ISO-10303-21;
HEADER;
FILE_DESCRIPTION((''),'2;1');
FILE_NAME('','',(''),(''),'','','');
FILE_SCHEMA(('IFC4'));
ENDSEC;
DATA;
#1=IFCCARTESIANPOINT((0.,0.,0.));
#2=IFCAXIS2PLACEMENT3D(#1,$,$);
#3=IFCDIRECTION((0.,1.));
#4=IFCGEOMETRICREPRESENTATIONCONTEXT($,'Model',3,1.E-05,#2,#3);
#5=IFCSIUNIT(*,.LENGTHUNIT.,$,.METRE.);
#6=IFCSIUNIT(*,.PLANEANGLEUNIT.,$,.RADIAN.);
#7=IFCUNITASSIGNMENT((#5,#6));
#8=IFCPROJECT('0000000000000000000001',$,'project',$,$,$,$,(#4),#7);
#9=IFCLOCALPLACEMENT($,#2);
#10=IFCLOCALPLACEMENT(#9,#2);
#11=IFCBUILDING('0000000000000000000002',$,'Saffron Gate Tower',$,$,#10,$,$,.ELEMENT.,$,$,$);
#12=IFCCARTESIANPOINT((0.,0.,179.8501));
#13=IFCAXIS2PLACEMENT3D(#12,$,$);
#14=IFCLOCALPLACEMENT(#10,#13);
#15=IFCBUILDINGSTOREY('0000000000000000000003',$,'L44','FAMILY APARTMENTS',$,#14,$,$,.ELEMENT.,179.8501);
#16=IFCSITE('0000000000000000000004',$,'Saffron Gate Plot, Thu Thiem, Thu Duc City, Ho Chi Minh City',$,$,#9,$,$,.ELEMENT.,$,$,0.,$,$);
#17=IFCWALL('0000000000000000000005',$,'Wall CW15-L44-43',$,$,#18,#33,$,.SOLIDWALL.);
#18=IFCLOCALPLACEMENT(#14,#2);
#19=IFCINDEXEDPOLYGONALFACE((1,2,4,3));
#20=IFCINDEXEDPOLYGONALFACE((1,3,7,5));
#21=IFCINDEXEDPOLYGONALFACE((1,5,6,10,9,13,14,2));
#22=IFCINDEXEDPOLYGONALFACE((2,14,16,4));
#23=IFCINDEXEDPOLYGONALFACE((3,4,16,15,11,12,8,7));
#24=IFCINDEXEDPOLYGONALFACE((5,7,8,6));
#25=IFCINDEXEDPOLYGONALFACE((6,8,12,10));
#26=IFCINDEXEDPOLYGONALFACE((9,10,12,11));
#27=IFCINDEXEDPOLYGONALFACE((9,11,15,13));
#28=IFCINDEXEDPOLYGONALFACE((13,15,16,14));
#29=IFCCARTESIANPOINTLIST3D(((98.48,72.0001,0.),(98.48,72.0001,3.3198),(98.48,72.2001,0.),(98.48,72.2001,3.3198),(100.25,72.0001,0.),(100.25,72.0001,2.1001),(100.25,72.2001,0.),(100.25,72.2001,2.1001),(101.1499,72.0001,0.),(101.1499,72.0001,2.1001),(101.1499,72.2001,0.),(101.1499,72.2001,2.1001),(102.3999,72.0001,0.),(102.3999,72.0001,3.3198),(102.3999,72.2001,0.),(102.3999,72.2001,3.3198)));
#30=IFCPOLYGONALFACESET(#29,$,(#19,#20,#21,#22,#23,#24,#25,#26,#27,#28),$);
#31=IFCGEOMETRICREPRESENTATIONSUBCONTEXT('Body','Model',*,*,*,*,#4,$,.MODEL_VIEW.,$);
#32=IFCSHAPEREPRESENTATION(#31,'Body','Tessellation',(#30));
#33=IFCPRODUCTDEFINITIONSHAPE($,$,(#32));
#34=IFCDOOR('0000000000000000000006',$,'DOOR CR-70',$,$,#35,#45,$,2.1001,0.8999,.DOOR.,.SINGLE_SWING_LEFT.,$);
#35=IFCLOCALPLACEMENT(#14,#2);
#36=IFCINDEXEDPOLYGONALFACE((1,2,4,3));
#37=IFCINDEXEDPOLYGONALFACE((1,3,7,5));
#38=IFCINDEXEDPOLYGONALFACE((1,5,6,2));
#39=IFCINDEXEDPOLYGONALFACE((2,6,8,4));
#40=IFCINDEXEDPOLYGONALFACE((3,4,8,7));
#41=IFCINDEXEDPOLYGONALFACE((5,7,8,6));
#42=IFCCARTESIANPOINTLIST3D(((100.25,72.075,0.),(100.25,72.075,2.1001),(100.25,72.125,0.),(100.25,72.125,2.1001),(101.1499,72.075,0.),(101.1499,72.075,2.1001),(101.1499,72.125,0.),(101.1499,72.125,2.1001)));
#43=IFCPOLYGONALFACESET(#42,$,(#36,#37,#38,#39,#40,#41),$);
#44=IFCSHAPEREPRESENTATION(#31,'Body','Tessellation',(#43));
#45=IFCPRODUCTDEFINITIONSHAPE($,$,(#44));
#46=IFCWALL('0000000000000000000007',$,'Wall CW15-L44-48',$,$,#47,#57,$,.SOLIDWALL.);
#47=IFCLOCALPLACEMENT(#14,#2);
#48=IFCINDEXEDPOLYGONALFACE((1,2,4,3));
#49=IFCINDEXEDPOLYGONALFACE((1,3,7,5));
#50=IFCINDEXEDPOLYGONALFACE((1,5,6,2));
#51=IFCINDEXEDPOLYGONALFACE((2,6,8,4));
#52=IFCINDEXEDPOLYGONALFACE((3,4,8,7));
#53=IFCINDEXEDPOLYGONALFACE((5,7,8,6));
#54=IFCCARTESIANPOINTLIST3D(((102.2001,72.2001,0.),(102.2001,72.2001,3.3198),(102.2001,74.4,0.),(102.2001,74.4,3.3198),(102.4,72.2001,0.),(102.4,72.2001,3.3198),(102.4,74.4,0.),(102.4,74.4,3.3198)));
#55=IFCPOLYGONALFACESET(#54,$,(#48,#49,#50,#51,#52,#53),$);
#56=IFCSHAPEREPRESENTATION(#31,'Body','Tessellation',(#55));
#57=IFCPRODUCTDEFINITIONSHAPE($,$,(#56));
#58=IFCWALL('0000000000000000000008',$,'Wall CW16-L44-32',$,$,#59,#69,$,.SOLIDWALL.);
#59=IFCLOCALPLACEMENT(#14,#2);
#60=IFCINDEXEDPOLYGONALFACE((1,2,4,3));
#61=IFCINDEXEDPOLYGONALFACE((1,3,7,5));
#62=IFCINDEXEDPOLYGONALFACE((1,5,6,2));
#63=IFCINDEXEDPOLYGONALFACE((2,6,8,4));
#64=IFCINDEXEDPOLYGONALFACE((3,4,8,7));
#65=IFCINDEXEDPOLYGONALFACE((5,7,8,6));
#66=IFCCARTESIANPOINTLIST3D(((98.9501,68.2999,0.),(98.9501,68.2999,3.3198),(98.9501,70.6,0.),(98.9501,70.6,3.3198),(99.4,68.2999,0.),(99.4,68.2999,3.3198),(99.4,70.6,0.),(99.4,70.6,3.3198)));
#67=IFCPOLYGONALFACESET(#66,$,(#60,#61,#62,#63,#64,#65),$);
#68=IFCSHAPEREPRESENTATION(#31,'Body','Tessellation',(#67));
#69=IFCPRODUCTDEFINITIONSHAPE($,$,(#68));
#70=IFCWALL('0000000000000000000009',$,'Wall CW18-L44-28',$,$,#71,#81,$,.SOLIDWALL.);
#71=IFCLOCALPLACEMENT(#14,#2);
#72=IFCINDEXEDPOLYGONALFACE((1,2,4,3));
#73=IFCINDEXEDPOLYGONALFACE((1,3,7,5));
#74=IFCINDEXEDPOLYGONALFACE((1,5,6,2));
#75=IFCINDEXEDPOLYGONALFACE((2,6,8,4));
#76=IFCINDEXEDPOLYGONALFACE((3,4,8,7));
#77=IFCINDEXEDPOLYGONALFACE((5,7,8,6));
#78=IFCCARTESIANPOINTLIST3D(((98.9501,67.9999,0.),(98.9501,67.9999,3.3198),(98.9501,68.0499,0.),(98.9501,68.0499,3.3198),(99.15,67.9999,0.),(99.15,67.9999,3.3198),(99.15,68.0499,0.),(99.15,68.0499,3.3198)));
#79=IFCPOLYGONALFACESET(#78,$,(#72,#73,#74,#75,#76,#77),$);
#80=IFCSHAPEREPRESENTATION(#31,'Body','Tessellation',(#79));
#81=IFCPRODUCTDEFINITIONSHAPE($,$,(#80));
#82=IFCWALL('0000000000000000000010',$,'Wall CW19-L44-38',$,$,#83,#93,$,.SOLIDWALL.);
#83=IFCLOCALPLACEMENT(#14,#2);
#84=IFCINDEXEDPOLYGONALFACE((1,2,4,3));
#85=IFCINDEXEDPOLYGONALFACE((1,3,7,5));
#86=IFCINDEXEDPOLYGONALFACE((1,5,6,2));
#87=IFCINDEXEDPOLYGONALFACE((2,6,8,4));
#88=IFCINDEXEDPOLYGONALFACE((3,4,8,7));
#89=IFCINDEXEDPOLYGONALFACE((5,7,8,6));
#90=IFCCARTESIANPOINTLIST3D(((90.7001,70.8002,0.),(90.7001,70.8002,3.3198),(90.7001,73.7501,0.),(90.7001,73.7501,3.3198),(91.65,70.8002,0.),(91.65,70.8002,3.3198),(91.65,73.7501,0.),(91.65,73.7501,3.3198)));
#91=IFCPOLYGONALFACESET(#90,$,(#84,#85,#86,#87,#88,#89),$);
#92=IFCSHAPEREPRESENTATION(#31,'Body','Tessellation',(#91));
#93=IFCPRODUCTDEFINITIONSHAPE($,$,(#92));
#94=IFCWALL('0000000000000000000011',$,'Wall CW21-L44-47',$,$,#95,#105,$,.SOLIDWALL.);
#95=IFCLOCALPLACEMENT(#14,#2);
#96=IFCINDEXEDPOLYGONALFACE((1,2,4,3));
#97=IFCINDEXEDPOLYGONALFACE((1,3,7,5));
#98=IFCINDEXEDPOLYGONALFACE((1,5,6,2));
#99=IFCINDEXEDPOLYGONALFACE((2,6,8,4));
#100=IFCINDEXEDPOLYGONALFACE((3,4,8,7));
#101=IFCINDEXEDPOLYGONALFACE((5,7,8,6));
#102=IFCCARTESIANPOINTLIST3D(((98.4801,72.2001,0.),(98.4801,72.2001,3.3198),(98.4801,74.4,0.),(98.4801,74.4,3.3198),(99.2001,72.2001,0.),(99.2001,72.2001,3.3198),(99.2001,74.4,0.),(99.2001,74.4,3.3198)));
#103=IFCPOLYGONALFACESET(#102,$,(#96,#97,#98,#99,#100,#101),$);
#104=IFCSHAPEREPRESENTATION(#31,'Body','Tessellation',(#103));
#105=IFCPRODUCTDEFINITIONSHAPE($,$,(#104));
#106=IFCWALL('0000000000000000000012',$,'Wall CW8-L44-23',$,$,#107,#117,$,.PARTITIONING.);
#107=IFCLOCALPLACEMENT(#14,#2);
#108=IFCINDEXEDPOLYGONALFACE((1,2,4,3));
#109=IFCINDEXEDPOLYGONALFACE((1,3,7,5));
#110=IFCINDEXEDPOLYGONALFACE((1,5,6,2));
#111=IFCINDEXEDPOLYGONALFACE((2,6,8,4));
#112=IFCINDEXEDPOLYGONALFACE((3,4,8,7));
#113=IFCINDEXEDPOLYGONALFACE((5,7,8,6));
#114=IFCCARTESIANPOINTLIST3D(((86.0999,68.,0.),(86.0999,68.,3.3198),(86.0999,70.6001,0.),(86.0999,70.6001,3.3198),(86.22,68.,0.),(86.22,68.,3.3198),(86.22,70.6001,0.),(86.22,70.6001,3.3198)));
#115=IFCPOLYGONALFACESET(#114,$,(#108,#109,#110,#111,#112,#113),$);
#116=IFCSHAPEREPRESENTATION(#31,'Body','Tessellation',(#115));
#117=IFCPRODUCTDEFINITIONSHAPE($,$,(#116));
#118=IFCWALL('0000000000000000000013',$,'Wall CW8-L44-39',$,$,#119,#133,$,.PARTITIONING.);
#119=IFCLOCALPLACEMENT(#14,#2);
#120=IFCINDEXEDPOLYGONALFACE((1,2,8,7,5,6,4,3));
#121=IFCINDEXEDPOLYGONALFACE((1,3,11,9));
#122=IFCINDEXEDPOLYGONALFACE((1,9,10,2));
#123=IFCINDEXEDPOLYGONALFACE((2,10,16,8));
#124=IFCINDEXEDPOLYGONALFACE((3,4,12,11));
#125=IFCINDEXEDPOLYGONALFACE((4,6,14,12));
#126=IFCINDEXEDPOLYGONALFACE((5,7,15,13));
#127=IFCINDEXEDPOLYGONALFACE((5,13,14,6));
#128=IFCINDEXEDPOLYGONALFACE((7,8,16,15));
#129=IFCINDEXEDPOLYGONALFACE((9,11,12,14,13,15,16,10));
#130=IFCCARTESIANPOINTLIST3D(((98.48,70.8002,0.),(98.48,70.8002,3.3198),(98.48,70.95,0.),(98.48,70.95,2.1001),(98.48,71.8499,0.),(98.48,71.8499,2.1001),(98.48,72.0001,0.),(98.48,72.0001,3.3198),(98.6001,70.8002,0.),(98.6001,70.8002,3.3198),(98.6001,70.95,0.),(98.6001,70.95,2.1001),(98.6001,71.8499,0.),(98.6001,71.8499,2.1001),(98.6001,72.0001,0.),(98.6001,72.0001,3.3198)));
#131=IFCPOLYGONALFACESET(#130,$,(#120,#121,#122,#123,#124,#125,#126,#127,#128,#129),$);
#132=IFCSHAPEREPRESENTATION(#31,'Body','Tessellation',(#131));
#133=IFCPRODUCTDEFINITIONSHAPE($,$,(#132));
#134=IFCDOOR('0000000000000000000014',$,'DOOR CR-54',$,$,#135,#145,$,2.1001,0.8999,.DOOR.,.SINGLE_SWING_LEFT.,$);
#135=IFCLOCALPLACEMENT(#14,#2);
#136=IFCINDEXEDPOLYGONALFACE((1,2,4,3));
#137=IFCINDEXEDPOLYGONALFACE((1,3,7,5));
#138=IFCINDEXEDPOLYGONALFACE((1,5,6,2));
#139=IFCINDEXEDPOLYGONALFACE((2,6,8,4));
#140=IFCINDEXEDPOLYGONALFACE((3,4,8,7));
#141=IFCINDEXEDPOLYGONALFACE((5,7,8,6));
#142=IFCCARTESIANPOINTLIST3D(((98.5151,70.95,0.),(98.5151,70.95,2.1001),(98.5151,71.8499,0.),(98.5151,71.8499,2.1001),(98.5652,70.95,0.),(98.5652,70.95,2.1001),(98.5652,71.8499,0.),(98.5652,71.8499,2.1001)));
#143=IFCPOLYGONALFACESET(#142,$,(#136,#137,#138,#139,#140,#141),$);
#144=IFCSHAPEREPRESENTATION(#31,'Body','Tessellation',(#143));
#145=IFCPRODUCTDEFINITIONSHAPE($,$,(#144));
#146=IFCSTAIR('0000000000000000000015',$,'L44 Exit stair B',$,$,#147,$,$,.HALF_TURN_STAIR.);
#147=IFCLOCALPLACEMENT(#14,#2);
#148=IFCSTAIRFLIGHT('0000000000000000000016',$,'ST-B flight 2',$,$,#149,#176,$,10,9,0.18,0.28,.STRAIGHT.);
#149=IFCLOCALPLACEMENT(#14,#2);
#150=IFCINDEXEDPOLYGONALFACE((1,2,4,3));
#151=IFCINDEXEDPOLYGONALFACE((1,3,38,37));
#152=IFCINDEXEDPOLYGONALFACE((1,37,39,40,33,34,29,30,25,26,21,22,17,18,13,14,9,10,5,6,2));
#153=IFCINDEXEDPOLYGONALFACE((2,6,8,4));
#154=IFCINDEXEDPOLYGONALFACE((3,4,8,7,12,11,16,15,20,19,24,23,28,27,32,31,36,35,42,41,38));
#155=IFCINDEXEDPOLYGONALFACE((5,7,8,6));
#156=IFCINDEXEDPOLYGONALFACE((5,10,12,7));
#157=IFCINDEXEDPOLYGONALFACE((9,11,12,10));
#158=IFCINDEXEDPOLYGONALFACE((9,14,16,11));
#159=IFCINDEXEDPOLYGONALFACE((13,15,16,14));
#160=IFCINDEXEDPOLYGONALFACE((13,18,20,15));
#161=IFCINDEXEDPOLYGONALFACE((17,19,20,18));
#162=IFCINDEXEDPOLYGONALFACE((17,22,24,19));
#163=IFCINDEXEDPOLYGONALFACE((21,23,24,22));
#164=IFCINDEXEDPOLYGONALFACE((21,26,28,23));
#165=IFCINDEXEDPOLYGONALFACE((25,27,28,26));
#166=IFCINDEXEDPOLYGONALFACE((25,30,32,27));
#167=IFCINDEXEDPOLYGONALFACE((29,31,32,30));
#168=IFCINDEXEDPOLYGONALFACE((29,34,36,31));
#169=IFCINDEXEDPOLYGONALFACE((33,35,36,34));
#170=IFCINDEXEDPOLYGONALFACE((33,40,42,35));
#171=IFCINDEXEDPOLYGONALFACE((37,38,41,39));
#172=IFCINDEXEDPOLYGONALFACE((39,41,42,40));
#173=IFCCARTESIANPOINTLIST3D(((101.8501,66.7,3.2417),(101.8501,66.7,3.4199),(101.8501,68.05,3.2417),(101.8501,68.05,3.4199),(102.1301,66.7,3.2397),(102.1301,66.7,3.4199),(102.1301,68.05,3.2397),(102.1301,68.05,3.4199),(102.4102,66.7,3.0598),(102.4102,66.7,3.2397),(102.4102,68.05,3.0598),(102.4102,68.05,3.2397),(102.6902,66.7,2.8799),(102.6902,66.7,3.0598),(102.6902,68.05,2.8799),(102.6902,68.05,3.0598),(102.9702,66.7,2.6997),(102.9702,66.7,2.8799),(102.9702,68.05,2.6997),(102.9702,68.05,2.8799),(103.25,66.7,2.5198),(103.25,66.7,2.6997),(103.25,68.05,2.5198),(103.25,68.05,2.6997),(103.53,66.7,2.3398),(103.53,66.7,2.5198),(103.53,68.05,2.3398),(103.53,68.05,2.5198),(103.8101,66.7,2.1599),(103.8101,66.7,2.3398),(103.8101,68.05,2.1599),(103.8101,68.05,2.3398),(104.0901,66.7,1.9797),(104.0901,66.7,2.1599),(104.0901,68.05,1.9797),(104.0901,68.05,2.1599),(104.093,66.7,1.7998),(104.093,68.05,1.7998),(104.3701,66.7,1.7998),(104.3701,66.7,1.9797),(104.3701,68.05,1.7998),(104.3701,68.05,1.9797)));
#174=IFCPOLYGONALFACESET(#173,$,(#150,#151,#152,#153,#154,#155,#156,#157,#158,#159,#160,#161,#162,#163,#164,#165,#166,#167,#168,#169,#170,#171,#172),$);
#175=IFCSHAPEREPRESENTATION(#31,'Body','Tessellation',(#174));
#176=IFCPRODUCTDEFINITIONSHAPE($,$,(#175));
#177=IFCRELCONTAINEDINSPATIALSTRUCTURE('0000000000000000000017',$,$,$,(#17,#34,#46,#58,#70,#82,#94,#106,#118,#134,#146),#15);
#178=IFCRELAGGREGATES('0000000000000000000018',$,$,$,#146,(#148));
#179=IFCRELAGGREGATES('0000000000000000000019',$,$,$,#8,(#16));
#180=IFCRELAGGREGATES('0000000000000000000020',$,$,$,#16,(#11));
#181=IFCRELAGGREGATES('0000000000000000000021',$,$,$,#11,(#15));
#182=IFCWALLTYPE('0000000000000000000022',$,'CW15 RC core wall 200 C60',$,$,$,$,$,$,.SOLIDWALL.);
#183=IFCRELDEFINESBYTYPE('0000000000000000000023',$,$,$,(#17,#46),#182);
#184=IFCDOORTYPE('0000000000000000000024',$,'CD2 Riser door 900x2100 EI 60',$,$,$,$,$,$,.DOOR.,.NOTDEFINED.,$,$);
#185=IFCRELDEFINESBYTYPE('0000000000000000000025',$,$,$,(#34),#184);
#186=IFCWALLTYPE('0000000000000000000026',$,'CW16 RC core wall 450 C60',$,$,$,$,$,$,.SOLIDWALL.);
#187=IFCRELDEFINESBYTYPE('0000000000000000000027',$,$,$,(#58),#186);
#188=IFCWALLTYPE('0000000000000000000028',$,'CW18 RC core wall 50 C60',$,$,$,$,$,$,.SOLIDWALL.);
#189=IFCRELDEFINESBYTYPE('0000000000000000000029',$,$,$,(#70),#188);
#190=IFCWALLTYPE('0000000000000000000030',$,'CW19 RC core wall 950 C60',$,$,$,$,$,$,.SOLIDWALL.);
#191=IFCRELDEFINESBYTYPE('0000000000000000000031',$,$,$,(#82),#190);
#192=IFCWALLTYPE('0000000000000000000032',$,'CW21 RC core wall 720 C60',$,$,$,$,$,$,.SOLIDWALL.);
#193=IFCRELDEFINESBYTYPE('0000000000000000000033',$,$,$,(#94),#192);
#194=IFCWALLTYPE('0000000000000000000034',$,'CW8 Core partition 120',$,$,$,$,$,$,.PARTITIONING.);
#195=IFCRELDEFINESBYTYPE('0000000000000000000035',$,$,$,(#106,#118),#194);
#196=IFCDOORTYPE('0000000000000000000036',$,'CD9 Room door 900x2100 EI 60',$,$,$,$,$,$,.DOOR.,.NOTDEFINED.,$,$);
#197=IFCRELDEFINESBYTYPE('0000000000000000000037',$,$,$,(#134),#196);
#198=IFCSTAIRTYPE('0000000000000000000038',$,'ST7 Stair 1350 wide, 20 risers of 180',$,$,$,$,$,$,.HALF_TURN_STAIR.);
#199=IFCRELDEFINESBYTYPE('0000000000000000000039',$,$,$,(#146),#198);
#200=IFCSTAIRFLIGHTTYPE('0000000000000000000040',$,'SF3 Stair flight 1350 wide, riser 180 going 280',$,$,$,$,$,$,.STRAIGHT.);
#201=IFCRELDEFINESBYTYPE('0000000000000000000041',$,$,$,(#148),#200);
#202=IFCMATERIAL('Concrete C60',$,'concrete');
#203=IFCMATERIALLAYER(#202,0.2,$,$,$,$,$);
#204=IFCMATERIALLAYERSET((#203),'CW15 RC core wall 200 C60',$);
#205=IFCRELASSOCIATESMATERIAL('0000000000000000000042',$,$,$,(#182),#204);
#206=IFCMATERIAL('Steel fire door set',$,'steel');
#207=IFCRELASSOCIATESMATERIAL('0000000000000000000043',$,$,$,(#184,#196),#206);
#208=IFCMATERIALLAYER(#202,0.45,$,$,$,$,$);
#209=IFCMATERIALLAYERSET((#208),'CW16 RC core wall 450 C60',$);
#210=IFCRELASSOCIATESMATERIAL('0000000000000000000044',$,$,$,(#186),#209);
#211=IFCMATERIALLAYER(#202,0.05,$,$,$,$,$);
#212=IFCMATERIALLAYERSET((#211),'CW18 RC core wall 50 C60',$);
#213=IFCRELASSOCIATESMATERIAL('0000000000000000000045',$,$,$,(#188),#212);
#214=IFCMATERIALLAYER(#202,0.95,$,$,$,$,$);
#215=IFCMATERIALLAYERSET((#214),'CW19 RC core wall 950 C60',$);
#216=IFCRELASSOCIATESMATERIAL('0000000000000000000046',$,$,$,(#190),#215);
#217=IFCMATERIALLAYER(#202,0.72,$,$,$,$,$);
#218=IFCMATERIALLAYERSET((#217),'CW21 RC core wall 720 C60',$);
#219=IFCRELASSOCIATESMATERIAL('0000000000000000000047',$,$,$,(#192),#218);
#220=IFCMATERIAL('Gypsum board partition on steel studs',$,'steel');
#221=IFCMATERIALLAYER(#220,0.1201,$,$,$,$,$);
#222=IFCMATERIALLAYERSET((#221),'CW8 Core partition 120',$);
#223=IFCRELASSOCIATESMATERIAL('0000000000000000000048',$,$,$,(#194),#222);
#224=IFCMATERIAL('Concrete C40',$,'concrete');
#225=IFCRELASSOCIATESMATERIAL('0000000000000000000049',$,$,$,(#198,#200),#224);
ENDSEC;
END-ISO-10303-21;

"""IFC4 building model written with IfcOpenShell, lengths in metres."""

from ifc_helpers import new_model, si_unit, direction, frame, frame_2d, origin, place, context, subcontext, project, spatial, polyline, rectangle, outline, extrude, material, layer, layer_set, type_object, element, fill, aggregate, save


model = new_model("IFC4")

# Units and contexts
model_context = context("Model", 3, precision=1e-05, world=origin(), true_north=direction((0.0, 1.0)))
body_context = subcontext(model_context, "Body", "Model", "MODEL_VIEW")
ifc_project = project(units=[si_unit("LENGTHUNIT", "METRE"), si_unit("PLANEANGLEUNIT", "RADIAN")], contexts=[model_context])

# Site, building, storey
site_placement = place(None, origin())
site = spatial("IfcSite", under=ifc_project, at=site_placement, Name="Saffron Gate Plot, Thu Thiem, Thu Duc City, Ho Chi Minh City", CompositionType="ELEMENT", RefElevation=0.0)
building_placement = place(site_placement, origin())
building = spatial("IfcBuilding", under=site, at=building_placement, Name="Saffron Gate Tower", CompositionType="ELEMENT")
storey_placement = place(building_placement, frame((0.0, 0.0, 179.8501)))
storey = spatial("IfcBuildingStorey", under=building, at=storey_placement, Name="L44", Description="FAMILY APARTMENTS", CompositionType="ELEMENT", Elevation=179.8501)

# Shared definitions
ifc_material_1 = material(Name="Gypsum board partition on steel studs", Category="steel")
ifc_material_2 = material(Name="Concrete C60", Category="concrete")

# Shared definitions
ifc_material_3 = material(Name="Steel fire door set", Category="steel")

# Shared definitions
ifc_layer_1 = layer(ifc_material_2, 0.2)
ifc_layer_set_1 = layer_set([ifc_layer_1], Name="CW15 RC core wall 200 C60")
wall_type_1 = type_object("IfcWallType", Name="CW15 RC core wall 200 C60", PredefinedType="SOLIDWALL", material=ifc_layer_set_1)

# Wall, opening, door
wall_1_placement = place(storey_placement, frame((98.48, 72.1001, 0.0), z_axis=(0.0, 0.0, 1.0), x_axis=(1.0, 0.0, 0.0)))
wall_1 = element("IfcWall", 1, at=wall_1_placement, inside=storey, type_object=wall_type_1, Name="Wall CW15-L44-43", PredefinedType="SOLIDWALL", context=body_context, shape_type="SweptSolid", body=[
    extrude(rectangle(XDim=3.9199, YDim=0.2, at=frame_2d((1.96, 0.0))), origin(), (0.0, 0.0, 1.0), 3.3198),
])
opening_1_placement = place(wall_1_placement, frame((1.77, 0.0, 0.0)))
opening_1 = element("IfcOpeningElement", 2, at=opening_1_placement, cuts=wall_1, PredefinedType="OPENING", context=body_context, shape_type="SweptSolid", body=[
    extrude(rectangle(XDim=0.8999, YDim=2.1001, at=frame_2d((0.45, 1.05))), frame((0.0, 0.1099, 0.0), z_axis=(0.0, -1.0, 0.0), x_axis=(1.0, 0.0, 0.0)), (0.0, 0.0, 1.0), 0.22),
])
door_type_1 = type_object("IfcDoorType", Name="CD2 Riser door 900x2100 EI 60", OperationType="NOTDEFINED", PredefinedType="DOOR", material=ifc_material_3)
door_1_placement = place(opening_1_placement, origin())
door_1 = element("IfcDoor", 3, at=door_1_placement, inside=storey, type_object=door_type_1, Name="DOOR CR-70", OperationType="SINGLE_SWING_LEFT", OverallHeight=2.1001, OverallWidth=0.8999, PredefinedType="DOOR", context=body_context, shape_type="SweptSolid", body=[
    extrude(rectangle(XDim=0.8999, YDim=2.1001, at=frame_2d((0.45, 1.05))), frame((0.0, 0.0249, 0.0), z_axis=(0.0, -1.0, 0.0), x_axis=(1.0, 0.0, 0.0)), (0.0, 0.0, 1.0), 0.05),
])
fill(opening_1, door_1)

# Walls
wall_2_placement = place(storey_placement, frame((102.3, 72.2, 0.0), z_axis=(0.0, 0.0, 1.0), x_axis=(0.0, 1.0, 0.0)))
element("IfcWall", 4, at=wall_2_placement, inside=storey, type_object=wall_type_1, Name="Wall CW15-L44-48", PredefinedType="SOLIDWALL", context=body_context, shape_type="SweptSolid", body=[
    extrude(rectangle(XDim=2.2, YDim=0.2, at=frame_2d((1.1001, 0.0))), origin(), (0.0, 0.0, 1.0), 3.3198),
])
ifc_layer_2 = layer(ifc_material_2, 0.45)
ifc_layer_set_2 = layer_set([ifc_layer_2], Name="CW16 RC core wall 450 C60")
wall_type_2 = type_object("IfcWallType", Name="CW16 RC core wall 450 C60", PredefinedType="SOLIDWALL", material=ifc_layer_set_2)
wall_3_placement = place(storey_placement, frame((99.175, 68.3, 0.0), z_axis=(0.0, 0.0, 1.0), x_axis=(0.0, 1.0, 0.0)))
element("IfcWall", 5, at=wall_3_placement, inside=storey, type_object=wall_type_2, Name="Wall CW16-L44-32", PredefinedType="SOLIDWALL", context=body_context, shape_type="SweptSolid", body=[
    extrude(rectangle(XDim=2.3, YDim=0.45, at=frame_2d((1.1499, 0.0))), origin(), (0.0, 0.0, 1.0), 3.3198),
])
ifc_layer_3 = layer(ifc_material_2, 0.05)
ifc_layer_set_3 = layer_set([ifc_layer_3], Name="CW18 RC core wall 50 C60")
wall_type_3 = type_object("IfcWallType", Name="CW18 RC core wall 50 C60", PredefinedType="SOLIDWALL", material=ifc_layer_set_3)
wall_4_placement = place(storey_placement, frame((98.95, 68.0249, 0.0), z_axis=(0.0, 0.0, 1.0), x_axis=(1.0, 0.0, 0.0)))
element("IfcWall", 6, at=wall_4_placement, inside=storey, type_object=wall_type_3, Name="Wall CW18-L44-28", PredefinedType="SOLIDWALL", context=body_context, shape_type="SweptSolid", body=[
    extrude(rectangle(XDim=0.2, YDim=0.05, at=frame_2d((0.1001, 0.0))), origin(), (0.0, 0.0, 1.0), 3.3198),
])
ifc_layer_4 = layer(ifc_material_2, 0.95)
ifc_layer_set_4 = layer_set([ifc_layer_4], Name="CW19 RC core wall 950 C60")
wall_type_4 = type_object("IfcWallType", Name="CW19 RC core wall 950 C60", PredefinedType="SOLIDWALL", material=ifc_layer_set_4)
wall_5_placement = place(storey_placement, frame((91.175, 70.8, 0.0), z_axis=(0.0, 0.0, 1.0), x_axis=(0.0, 1.0, 0.0)))
element("IfcWall", 7, at=wall_5_placement, inside=storey, type_object=wall_type_4, Name="Wall CW19-L44-38", PredefinedType="SOLIDWALL", context=body_context, shape_type="SweptSolid", body=[
    extrude(rectangle(XDim=2.95, YDim=0.95, at=frame_2d((1.4751, 0.0))), origin(), (0.0, 0.0, 1.0), 3.3198),
])
ifc_layer_5 = layer(ifc_material_2, 0.72)
ifc_layer_set_5 = layer_set([ifc_layer_5], Name="CW21 RC core wall 720 C60")
wall_type_5 = type_object("IfcWallType", Name="CW21 RC core wall 720 C60", PredefinedType="SOLIDWALL", material=ifc_layer_set_5)
wall_6_placement = place(storey_placement, frame((98.8401, 72.2, 0.0), z_axis=(0.0, 0.0, 1.0), x_axis=(0.0, 1.0, 0.0)))
element("IfcWall", 8, at=wall_6_placement, inside=storey, type_object=wall_type_5, Name="Wall CW21-L44-47", PredefinedType="SOLIDWALL", context=body_context, shape_type="SweptSolid", body=[
    extrude(rectangle(XDim=2.2, YDim=0.72, at=frame_2d((1.1001, 0.0))), origin(), (0.0, 0.0, 1.0), 3.3198),
])
ifc_layer_6 = layer(ifc_material_1, 0.1201)
ifc_layer_set_6 = layer_set([ifc_layer_6], Name="CW8 Core partition 120")
wall_type_6 = type_object("IfcWallType", Name="CW8 Core partition 120", PredefinedType="PARTITIONING", material=ifc_layer_set_6)
wall_7_placement = place(storey_placement, frame((86.1599, 68.0, 0.0), z_axis=(0.0, 0.0, 1.0), x_axis=(0.0, 1.0, 0.0)))
element("IfcWall", 9, at=wall_7_placement, inside=storey, type_object=wall_type_6, Name="Wall CW8-L44-23", PredefinedType="PARTITIONING", context=body_context, shape_type="SweptSolid", body=[
    extrude(rectangle(XDim=2.6001, YDim=0.1201, at=frame_2d((1.3, 0.0))), origin(), (0.0, 0.0, 1.0), 3.3198),
])

# Wall, opening, door
wall_8_placement = place(storey_placement, frame((98.54, 70.8, 0.0), z_axis=(0.0, 0.0, 1.0), x_axis=(0.0, 1.0, 0.0)))
wall_8 = element("IfcWall", 10, at=wall_8_placement, inside=storey, type_object=wall_type_6, Name="Wall CW8-L44-39", PredefinedType="PARTITIONING", context=body_context, shape_type="SweptSolid", body=[
    extrude(rectangle(XDim=1.2, YDim=0.1201, at=frame_2d((0.6001, 0.0))), origin(), (0.0, 0.0, 1.0), 3.3198),
])
opening_2_placement = place(wall_8_placement, frame((0.1499, 0.0, 0.0)))
opening_2 = element("IfcOpeningElement", 11, at=opening_2_placement, cuts=wall_8, PredefinedType="OPENING", context=body_context, shape_type="SweptSolid", body=[
    extrude(rectangle(XDim=0.8999, YDim=2.1001, at=frame_2d((0.45, 1.05))), frame((0.0, 0.0701, 0.0), z_axis=(0.0, -1.0, 0.0), x_axis=(1.0, 0.0, 0.0)), (0.0, 0.0, 1.0), 0.1401),
])
door_type_2 = type_object("IfcDoorType", Name="CD9 Room door 900x2100 EI 60", OperationType="NOTDEFINED", PredefinedType="DOOR", material=ifc_material_3)
door_2_placement = place(opening_2_placement, origin())
door_2 = element("IfcDoor", 12, at=door_2_placement, inside=storey, type_object=door_type_2, Name="DOOR CR-54", OperationType="SINGLE_SWING_LEFT", OverallHeight=2.1001, OverallWidth=0.8999, PredefinedType="DOOR", context=body_context, shape_type="SweptSolid", body=[
    extrude(rectangle(XDim=0.8999, YDim=2.1001, at=frame_2d((0.45, 1.05))), frame((0.0, 0.0249, 0.0), z_axis=(0.0, -1.0, 0.0), x_axis=(1.0, 0.0, 0.0)), (0.0, 0.0, 1.0), 0.05),
])
fill(opening_2, door_2)

# Stair, stair flight
ifc_material_4 = material(Name="Concrete C40", Category="concrete")
stair_type = type_object("IfcStairType", Name="ST7 Stair 1350 wide, 20 risers of 180", PredefinedType="HALF_TURN_STAIR", material=ifc_material_4)
stair_1_placement = place(storey_placement, origin())
stair_1 = element("IfcStair", 13, at=stair_1_placement, inside=storey, type_object=stair_type, Name="L44 Exit stair B", PredefinedType="HALF_TURN_STAIR")
stair_flight_type = type_object("IfcStairFlightType", Name="SF3 Stair flight 1350 wide, riser 180 going 280", PredefinedType="STRAIGHT", material=ifc_material_4)
stair_flight_1_placement = place(storey_placement, frame((104.3701, 67.375, 1.7998), z_axis=(0.0, 0.0, 1.0), x_axis=(-1.0, 0.0, 0.0)))
stair_flight_1 = element("IfcStairFlight", 14, at=stair_flight_1_placement, type_object=stair_flight_type, Name="ST-B flight 2", NumberOfRisers=10, NumberOfTreads=9, PredefinedType="STRAIGHT", RiserHeight=0.18, TreadLength=0.28, context=body_context, shape_type="SweptSolid", body=[
    extrude(outline(polyline([(0.0, 0.0), (0.0, 0.1799), (0.28, 0.1799), (0.28, 0.3601), (0.5601, 0.3601), (0.5601, 0.54), (0.8401, 0.54), (0.8401, 0.72), (1.1201, 0.72), (1.1201, 0.8999), (1.3999, 0.8999), (1.3999, 1.0801), (1.6799, 1.0801), (1.6799, 1.26), (1.96, 1.26), (1.96, 1.4399), (2.24, 1.4399), (2.24, 1.6201), (2.52, 1.6201), (2.52, 1.8), (2.52, 1.4419), (0.2771, 0.0), (0.0, 0.0)])), frame((0.0, 0.675, 0.0), z_axis=(0.0, -1.0, 0.0), x_axis=(1.0, 0.0, 0.0)), (0.0, 0.0, 1.0), 1.3501),
])
aggregate(stair_1, [stair_flight_1])

save(model, "model.ifc")
